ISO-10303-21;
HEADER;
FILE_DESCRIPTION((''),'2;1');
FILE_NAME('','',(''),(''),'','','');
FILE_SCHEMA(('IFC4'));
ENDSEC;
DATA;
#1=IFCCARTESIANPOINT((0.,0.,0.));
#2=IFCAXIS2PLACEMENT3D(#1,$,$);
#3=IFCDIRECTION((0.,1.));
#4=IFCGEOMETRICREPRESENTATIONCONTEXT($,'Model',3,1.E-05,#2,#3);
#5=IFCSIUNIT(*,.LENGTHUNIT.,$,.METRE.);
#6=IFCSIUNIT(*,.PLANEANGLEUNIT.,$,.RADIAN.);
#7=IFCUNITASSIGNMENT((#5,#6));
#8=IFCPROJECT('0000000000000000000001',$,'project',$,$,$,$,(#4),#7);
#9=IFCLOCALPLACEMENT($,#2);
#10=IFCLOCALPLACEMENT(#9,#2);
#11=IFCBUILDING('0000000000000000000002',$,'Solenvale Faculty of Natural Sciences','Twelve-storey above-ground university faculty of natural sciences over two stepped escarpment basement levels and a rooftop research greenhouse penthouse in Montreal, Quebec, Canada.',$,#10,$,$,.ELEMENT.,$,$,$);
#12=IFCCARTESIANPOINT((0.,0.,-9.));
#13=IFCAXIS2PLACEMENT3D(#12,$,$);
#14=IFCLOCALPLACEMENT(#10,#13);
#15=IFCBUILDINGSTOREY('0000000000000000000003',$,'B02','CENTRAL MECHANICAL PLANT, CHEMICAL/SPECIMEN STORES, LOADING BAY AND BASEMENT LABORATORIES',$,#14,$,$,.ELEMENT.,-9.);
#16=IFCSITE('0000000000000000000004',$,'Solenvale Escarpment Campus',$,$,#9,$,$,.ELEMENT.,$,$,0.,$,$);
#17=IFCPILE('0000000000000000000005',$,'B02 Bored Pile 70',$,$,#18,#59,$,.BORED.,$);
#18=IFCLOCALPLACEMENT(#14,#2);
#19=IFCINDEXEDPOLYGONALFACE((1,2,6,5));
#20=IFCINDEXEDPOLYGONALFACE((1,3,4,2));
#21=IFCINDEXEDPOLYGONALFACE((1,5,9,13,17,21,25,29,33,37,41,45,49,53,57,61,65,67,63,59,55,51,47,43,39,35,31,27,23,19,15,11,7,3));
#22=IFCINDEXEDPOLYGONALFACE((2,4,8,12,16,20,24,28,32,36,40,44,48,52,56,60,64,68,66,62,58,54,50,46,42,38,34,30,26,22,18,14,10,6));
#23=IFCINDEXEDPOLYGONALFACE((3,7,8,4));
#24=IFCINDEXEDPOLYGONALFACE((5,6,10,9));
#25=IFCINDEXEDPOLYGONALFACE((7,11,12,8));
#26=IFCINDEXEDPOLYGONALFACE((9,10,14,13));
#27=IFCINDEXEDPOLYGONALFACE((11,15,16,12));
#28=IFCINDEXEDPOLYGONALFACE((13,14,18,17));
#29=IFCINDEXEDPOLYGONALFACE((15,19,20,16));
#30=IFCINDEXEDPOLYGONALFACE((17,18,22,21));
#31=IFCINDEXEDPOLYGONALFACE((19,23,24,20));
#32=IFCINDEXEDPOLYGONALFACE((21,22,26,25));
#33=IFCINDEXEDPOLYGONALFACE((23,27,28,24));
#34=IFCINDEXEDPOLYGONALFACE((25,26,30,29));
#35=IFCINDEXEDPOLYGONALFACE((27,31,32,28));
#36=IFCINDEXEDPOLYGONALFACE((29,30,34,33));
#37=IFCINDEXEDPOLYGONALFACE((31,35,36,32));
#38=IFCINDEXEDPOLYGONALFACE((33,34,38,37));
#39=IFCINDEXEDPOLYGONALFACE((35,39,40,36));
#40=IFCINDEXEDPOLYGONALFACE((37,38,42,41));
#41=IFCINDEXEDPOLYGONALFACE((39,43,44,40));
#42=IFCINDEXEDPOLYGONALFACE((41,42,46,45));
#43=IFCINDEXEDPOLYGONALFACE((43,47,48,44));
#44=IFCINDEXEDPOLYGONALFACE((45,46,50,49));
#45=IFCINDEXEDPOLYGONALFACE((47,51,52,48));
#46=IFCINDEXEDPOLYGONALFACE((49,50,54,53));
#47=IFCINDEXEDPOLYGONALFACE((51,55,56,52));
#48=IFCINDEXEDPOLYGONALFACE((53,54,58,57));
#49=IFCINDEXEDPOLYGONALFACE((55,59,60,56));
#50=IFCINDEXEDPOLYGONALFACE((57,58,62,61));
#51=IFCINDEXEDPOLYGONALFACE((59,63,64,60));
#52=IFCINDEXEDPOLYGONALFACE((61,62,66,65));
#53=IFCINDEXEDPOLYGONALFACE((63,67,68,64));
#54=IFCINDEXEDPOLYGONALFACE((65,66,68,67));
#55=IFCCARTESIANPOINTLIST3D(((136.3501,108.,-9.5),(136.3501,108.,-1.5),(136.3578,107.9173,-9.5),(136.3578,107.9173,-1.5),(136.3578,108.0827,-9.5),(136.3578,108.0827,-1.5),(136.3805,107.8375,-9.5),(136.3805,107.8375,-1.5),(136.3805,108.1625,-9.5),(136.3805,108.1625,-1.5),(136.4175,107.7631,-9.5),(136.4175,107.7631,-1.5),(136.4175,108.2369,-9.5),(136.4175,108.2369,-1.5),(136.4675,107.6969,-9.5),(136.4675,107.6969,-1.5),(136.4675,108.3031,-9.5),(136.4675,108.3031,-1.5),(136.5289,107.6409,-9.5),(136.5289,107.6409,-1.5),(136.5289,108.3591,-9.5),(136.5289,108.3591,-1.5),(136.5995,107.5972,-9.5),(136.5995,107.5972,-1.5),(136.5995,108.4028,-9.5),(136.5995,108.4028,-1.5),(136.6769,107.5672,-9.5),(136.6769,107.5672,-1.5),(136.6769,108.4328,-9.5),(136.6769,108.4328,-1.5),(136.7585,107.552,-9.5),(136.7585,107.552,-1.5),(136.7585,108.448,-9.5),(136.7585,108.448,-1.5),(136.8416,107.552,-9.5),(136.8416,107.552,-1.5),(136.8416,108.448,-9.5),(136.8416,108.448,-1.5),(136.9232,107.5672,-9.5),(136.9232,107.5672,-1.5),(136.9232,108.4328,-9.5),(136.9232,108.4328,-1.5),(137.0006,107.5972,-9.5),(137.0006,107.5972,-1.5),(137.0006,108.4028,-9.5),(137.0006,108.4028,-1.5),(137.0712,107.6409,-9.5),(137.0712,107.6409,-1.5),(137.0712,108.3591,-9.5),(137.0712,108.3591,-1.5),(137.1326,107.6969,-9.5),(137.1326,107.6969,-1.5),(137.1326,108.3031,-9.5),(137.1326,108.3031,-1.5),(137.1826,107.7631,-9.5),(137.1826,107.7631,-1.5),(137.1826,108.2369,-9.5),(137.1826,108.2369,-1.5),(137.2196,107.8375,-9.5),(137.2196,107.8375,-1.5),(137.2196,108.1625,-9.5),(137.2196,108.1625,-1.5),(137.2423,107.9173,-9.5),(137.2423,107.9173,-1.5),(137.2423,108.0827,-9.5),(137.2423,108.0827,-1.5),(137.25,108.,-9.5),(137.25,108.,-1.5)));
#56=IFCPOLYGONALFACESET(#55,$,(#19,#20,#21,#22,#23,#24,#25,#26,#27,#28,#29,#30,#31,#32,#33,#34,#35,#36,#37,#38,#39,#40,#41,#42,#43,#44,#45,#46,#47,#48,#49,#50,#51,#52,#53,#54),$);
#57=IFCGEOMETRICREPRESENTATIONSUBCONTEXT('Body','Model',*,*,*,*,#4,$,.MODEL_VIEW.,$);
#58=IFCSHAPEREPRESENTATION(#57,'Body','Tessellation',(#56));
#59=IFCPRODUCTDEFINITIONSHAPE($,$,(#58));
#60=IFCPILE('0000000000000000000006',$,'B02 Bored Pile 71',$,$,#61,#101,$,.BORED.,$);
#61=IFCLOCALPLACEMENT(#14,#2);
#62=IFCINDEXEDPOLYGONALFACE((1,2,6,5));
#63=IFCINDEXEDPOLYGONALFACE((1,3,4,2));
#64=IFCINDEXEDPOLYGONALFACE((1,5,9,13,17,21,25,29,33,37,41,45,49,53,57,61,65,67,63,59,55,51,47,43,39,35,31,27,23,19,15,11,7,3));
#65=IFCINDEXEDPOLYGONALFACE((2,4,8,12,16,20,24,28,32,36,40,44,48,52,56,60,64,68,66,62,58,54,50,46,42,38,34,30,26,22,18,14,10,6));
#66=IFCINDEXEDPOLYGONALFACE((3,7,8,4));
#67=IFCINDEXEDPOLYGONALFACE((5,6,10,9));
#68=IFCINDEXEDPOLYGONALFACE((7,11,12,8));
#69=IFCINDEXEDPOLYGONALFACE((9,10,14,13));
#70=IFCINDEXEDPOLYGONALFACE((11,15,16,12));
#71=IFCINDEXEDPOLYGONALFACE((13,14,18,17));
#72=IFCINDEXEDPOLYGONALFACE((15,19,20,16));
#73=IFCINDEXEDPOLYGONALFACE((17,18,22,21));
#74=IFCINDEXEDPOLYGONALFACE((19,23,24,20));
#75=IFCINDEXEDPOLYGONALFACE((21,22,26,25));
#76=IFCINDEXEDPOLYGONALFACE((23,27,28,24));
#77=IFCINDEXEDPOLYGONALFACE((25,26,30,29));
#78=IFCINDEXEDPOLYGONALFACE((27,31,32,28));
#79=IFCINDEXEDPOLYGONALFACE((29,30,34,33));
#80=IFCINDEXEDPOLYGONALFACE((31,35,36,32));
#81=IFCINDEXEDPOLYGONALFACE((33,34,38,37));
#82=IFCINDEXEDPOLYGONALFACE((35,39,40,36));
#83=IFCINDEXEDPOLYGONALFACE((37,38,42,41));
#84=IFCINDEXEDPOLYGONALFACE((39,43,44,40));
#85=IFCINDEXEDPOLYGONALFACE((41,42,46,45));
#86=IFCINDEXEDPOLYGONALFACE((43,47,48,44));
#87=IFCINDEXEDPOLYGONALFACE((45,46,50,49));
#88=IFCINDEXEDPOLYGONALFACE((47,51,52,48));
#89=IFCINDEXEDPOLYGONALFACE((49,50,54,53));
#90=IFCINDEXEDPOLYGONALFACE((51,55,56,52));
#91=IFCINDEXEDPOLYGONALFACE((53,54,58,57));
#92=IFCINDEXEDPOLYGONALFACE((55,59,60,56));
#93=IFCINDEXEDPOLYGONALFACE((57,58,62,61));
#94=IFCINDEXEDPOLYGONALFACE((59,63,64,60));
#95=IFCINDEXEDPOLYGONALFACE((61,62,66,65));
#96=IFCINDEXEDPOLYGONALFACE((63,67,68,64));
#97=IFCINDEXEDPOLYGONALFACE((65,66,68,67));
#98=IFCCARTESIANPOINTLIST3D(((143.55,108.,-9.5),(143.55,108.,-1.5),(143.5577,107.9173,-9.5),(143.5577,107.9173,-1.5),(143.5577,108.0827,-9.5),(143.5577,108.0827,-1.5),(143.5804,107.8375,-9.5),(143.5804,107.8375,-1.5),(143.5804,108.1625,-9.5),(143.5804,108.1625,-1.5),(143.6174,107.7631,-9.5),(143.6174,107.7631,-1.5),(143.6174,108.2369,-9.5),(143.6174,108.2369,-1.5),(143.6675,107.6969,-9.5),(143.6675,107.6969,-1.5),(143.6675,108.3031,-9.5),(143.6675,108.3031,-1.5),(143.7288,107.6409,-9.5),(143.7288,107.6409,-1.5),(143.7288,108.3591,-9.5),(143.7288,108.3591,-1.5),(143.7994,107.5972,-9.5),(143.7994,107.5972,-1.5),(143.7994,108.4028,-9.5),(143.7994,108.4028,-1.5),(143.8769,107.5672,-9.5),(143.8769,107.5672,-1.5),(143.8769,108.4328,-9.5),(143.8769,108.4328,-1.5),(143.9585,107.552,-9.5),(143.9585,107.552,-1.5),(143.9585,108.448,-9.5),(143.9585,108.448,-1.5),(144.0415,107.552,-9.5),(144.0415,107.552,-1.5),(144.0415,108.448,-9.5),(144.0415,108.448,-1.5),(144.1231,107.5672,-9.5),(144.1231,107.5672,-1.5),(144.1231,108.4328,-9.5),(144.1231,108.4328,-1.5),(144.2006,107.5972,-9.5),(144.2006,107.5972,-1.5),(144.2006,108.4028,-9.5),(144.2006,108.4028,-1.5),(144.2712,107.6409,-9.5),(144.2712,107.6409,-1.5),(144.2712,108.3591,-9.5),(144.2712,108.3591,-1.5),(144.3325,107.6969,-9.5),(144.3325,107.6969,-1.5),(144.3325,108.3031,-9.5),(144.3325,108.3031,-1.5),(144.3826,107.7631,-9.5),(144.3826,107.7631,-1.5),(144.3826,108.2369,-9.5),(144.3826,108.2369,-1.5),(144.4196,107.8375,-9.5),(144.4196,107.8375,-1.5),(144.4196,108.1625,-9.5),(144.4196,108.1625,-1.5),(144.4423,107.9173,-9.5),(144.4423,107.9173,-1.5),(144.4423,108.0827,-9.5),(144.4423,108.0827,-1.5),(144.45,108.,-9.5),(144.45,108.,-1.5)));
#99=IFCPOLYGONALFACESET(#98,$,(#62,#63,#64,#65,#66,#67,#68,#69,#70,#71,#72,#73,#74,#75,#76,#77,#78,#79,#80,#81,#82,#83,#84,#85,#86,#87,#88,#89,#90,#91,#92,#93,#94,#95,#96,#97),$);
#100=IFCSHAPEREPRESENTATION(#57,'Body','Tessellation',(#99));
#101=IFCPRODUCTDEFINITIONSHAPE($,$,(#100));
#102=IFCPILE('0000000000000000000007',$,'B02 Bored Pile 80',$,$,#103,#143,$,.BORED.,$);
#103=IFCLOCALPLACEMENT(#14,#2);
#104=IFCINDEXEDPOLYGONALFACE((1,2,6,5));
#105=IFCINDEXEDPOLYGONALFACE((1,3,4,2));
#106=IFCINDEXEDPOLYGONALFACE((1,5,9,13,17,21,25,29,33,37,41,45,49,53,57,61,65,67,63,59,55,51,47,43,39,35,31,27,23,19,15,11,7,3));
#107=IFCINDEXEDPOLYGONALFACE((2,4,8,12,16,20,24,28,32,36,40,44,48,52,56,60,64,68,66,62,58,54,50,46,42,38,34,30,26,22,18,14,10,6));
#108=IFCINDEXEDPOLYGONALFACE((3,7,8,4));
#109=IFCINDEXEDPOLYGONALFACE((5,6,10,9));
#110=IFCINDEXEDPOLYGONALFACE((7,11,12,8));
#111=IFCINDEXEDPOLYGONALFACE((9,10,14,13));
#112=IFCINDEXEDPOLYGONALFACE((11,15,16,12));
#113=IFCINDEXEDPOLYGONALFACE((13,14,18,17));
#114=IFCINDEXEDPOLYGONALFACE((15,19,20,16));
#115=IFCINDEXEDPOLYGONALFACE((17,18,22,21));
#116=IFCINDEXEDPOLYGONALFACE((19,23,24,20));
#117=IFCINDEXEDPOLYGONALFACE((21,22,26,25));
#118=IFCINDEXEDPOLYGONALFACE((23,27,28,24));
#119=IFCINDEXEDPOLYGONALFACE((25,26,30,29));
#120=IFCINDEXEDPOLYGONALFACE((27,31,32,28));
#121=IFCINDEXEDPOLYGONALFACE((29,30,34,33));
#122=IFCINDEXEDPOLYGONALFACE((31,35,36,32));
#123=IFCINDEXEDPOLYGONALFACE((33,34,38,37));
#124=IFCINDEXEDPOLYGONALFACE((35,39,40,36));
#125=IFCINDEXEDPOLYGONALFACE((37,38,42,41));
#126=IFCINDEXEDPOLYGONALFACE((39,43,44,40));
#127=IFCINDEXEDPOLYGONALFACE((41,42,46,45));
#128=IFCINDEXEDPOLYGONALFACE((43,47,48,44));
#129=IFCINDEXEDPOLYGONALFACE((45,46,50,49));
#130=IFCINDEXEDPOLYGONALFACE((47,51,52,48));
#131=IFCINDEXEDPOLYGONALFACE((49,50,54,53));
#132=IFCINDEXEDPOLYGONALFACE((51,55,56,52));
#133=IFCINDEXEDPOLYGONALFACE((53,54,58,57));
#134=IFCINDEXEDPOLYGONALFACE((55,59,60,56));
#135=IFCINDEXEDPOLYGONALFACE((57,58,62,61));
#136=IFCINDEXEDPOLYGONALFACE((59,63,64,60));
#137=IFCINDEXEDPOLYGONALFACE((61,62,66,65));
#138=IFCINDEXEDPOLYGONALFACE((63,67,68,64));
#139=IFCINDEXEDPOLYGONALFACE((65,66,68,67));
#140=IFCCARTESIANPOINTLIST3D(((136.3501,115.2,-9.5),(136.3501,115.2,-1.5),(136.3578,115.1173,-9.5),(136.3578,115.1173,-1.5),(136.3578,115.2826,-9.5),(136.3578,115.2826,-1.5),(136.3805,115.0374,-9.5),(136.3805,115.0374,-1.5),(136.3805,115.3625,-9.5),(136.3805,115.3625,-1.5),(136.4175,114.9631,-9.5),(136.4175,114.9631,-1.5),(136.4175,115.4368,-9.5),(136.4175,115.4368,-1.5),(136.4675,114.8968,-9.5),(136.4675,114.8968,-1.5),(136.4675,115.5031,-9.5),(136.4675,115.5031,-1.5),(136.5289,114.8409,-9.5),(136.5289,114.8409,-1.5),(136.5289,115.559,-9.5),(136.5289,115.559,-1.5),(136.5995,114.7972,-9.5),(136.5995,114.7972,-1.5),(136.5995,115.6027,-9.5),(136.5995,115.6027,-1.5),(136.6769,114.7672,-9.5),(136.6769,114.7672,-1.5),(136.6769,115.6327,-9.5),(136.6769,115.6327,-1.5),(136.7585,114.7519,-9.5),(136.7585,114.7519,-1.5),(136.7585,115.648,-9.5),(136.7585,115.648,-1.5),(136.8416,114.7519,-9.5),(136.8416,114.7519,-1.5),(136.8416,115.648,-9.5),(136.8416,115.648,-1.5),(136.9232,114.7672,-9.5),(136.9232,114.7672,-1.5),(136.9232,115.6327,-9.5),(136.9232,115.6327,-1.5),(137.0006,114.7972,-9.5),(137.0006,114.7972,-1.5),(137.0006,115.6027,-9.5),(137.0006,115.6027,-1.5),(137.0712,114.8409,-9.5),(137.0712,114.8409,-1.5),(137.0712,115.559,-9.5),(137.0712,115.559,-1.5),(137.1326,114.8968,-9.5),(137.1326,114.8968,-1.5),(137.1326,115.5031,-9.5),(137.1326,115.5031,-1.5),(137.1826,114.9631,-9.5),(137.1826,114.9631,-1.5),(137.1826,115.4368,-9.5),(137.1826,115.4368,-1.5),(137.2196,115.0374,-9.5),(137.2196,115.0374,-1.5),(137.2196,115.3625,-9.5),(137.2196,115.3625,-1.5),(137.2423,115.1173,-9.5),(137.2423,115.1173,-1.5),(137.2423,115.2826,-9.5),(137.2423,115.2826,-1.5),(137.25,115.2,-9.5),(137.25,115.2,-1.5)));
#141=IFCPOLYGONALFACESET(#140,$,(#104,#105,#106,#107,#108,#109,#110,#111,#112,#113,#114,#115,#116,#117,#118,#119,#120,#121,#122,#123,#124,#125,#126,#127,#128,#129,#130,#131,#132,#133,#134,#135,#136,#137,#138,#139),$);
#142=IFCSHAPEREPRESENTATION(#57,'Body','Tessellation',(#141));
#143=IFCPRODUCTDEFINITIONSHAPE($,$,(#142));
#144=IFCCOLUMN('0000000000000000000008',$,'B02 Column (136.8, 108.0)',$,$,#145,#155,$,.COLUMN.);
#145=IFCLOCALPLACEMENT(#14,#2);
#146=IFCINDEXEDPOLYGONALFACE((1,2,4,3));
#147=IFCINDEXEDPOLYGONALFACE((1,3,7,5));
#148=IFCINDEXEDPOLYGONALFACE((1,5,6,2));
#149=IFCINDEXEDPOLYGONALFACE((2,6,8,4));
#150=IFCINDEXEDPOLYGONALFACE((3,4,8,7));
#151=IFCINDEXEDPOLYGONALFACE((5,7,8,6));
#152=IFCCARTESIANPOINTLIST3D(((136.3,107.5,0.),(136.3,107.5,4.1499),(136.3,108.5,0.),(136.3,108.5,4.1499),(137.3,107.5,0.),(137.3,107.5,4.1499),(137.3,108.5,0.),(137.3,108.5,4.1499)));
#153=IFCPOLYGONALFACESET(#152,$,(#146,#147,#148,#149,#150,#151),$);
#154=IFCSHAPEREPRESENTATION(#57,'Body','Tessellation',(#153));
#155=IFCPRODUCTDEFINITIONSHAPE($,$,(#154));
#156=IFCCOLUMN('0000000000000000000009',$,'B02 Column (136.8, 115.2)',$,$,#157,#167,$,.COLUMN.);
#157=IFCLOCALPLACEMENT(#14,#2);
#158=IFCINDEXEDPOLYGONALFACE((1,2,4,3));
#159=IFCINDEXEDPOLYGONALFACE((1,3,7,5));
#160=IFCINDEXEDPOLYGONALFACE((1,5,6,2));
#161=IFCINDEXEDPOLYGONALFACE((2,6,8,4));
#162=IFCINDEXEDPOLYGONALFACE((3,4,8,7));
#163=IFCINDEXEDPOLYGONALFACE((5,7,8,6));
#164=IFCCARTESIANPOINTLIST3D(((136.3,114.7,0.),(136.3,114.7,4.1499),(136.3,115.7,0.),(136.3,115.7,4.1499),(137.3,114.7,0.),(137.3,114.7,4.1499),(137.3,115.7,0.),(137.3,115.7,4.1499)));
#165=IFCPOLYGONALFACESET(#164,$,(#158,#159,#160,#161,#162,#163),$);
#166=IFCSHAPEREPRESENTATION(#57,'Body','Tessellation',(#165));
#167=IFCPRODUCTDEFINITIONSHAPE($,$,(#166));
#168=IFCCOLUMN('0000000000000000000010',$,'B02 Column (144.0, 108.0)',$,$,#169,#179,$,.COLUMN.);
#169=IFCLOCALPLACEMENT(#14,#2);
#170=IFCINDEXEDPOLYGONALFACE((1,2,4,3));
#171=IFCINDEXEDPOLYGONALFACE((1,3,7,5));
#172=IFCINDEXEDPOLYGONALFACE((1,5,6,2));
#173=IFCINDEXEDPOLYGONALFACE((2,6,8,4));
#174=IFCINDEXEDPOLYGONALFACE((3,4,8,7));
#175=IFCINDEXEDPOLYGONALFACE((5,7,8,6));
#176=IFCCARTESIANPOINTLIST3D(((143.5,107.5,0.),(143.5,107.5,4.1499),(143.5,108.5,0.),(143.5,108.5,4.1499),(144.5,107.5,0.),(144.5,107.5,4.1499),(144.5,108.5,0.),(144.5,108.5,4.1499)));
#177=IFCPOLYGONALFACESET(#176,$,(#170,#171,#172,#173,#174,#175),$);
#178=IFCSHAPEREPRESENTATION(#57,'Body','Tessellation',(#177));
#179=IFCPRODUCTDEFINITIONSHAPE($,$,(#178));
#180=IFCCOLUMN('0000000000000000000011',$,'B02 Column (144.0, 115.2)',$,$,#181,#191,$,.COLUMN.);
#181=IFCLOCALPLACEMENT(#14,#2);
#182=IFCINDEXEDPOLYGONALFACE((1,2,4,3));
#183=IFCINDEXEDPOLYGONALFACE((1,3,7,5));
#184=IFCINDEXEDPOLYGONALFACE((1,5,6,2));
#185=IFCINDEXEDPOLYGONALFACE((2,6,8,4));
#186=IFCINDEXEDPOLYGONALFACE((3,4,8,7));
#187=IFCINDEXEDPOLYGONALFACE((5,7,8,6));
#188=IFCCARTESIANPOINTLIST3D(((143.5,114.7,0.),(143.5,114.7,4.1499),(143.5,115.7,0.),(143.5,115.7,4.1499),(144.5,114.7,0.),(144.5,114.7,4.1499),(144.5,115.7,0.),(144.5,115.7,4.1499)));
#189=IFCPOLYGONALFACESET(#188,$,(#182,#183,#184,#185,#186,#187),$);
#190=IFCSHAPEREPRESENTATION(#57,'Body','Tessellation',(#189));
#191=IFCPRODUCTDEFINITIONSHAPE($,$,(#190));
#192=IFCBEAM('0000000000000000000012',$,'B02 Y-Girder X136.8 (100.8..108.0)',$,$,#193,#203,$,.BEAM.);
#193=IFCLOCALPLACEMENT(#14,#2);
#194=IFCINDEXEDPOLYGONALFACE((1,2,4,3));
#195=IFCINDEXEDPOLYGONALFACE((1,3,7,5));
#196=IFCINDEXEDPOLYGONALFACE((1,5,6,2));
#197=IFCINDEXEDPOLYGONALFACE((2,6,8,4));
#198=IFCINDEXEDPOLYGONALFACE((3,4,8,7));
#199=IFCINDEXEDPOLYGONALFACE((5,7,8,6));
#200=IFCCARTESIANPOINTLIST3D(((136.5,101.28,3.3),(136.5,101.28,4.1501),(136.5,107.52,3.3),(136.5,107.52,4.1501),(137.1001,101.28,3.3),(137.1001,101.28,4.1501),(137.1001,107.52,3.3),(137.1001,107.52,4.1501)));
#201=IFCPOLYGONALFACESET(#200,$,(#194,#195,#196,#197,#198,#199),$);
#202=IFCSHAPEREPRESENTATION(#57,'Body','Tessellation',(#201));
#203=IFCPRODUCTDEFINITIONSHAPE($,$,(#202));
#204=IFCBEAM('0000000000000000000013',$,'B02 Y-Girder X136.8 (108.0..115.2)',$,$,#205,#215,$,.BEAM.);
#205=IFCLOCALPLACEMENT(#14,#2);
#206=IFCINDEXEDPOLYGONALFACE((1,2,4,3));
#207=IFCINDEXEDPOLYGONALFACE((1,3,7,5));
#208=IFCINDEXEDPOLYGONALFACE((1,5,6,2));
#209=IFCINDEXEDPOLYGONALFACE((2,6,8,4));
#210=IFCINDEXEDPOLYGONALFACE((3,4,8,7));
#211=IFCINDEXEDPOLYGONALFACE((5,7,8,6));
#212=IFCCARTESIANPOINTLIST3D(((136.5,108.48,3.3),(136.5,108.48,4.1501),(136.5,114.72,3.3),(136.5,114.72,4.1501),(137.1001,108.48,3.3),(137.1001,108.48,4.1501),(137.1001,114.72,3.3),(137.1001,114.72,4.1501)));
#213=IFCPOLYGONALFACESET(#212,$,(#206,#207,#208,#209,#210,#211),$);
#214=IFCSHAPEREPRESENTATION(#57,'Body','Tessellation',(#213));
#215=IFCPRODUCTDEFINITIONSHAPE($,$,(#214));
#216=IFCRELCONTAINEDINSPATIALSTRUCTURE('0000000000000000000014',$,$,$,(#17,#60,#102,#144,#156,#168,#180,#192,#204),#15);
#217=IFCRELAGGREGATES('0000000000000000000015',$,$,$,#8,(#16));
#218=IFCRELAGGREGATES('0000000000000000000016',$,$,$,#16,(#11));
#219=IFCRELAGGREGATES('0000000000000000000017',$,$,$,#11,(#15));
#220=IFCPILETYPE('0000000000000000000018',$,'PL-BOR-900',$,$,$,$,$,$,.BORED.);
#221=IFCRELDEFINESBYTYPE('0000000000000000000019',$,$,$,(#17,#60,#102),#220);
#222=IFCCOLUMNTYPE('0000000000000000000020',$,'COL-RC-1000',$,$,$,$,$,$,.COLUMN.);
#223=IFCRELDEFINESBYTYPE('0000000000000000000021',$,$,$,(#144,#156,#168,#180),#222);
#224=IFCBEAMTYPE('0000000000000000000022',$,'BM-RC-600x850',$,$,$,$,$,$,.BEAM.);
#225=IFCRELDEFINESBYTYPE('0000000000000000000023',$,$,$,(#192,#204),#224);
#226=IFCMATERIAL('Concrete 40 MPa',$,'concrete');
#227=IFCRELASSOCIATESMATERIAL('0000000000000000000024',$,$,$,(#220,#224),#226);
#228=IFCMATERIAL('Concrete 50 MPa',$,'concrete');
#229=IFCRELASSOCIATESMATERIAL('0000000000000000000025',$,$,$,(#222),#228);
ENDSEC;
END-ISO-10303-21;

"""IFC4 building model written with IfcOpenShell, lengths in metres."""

from ifc_helpers import new_model, si_unit, direction, frame, origin, origin_2d, place, context, subcontext, project, spatial, rectangle, circle, extrude, material, material_profile, profile_set, type_object, element, save


model = new_model("IFC4")

# Units and contexts
model_context = context("Model", 3, precision=1e-05, world=origin(), true_north=direction((0.0, 1.0)))
body_context = subcontext(model_context, "Body", "Model", "MODEL_VIEW")
ifc_project = project(units=[si_unit("LENGTHUNIT", "METRE"), si_unit("PLANEANGLEUNIT", "RADIAN")], contexts=[model_context])

# Site, building, storey
site_placement = place(None, origin())
site = spatial("IfcSite", under=ifc_project, at=site_placement, Name="Solenvale Escarpment Campus", CompositionType="ELEMENT", RefElevation=0.0)
building_placement = place(site_placement, origin())
building = spatial("IfcBuilding", under=site, at=building_placement, Name="Solenvale Faculty of Natural Sciences", Description="Twelve-storey above-ground university faculty of natural sciences over two stepped escarpment basement levels and a rooftop research greenhouse penthouse in Montreal, Quebec, Canada.", CompositionType="ELEMENT")
storey_placement = place(building_placement, frame((0.0, 0.0, -9.0)))
storey = spatial("IfcBuildingStorey", under=building, at=storey_placement, Name="B02", Description="CENTRAL MECHANICAL PLANT, CHEMICAL/SPECIMEN STORES, LOADING BAY AND BASEMENT LABORATORIES", CompositionType="ELEMENT", Elevation=-9.0)

# Shared definitions
ifc_material_1 = material(Name="Concrete 40 MPa", Category="concrete")

# Piles
ifc_material_profile_1 = material_profile(ifc_material_1, circle(Radius=0.45, at=origin_2d()), Name="PILE-D900")
ifc_profile_set_1 = profile_set([ifc_material_profile_1], Name="Concrete 40 MPa")
pile_type_1 = type_object("IfcPileType", Name="PL-BOR-900", PredefinedType="BORED", material=ifc_profile_set_1)
for number, where, z_axis, x_axis, name in (
    (1, (136.8, 108.0, -1.5), (0.0, 0.0, -1.0), (1.0, 0.0, 0.0), "B02 Bored Pile 70"),
    (2, (144.0, 108.0, -1.5), (0.0, 0.0, -1.0), (1.0, 0.0, 0.0), "B02 Bored Pile 71"),
    (3, (136.8, 115.2, -1.5), (0.0, 0.0, -1.0), (1.0, 0.0, 0.0), "B02 Bored Pile 80"),
):
    element("IfcPile", number, at=place(storey_placement, frame(where, z_axis=z_axis, x_axis=x_axis)), inside=storey, type_object=pile_type_1, Name=name, PredefinedType="BORED", context=body_context, shape_type="SweptSolid", body=[
        extrude(circle(Radius=0.45, at=origin_2d()), origin(), (0.0, 0.0, 1.0), 8.0),
    ])

# Columns
ifc_material_2 = material(Name="Concrete 50 MPa", Category="concrete")
ifc_material_profile_2 = material_profile(ifc_material_2, rectangle(XDim=1.0, YDim=1.0, at=origin_2d()), Name="RC-COL-1000x1000")
ifc_profile_set_2 = profile_set([ifc_material_profile_2], Name="Concrete 50 MPa")
column_type = type_object("IfcColumnType", Name="COL-RC-1000", PredefinedType="COLUMN", material=ifc_profile_set_2)
for number, where, z_axis, x_axis, name in (
    (4, (136.8, 108.0, 0.0), (0.0, 0.0, 1.0), (1.0, 0.0, 0.0), "B02 Column (136.8, 108.0)"),
    (5, (136.8, 115.2, 0.0), (0.0, 0.0, 1.0), (1.0, 0.0, 0.0), "B02 Column (136.8, 115.2)"),
    (6, (144.0, 108.0, 0.0), (0.0, 0.0, 1.0), (1.0, 0.0, 0.0), "B02 Column (144.0, 108.0)"),
    (7, (144.0, 115.2, 0.0), (0.0, 0.0, 1.0), (1.0, 0.0, 0.0), "B02 Column (144.0, 115.2)"),
):
    element("IfcColumn", number, at=place(storey_placement, frame(where, z_axis=z_axis, x_axis=x_axis)), inside=storey, type_object=column_type, Name=name, PredefinedType="COLUMN", context=body_context, shape_type="SweptSolid", body=[
        extrude(rectangle(XDim=1.0, YDim=1.0, at=origin_2d()), origin(), (0.0, 0.0, 1.0), 4.1499),
    ])

# Beams
ifc_material_profile_3 = material_profile(ifc_material_1, rectangle(XDim=0.6001, YDim=0.8501, at=origin_2d()), Name="RC-BM-600x850")
ifc_profile_set_3 = profile_set([ifc_material_profile_3], Name="Concrete 40 MPa")
beam_type_1 = type_object("IfcBeamType", Name="BM-RC-600x850", PredefinedType="BEAM", material=ifc_profile_set_3)
for number, where, z_axis, x_axis, name in (
    (8, (136.8, 101.28, 3.7251), (0.0, 1.0, 0.0), (-1.0, 0.0, 0.0), "B02 Y-Girder X136.8 (100.8..108.0)"),
    (9, (136.8, 108.48, 3.7251), (0.0, 1.0, 0.0), (-1.0, 0.0, 0.0), "B02 Y-Girder X136.8 (108.0..115.2)"),
):
    element("IfcBeam", number, at=place(storey_placement, frame(where, z_axis=z_axis, x_axis=x_axis)), inside=storey, type_object=beam_type_1, Name=name, PredefinedType="BEAM", context=body_context, shape_type="SweptSolid", body=[
        extrude(rectangle(XDim=0.6001, YDim=0.8501, at=origin_2d()), origin(), (0.0, 0.0, 1.0), 6.24),
    ])

save(model, "model.ifc")
